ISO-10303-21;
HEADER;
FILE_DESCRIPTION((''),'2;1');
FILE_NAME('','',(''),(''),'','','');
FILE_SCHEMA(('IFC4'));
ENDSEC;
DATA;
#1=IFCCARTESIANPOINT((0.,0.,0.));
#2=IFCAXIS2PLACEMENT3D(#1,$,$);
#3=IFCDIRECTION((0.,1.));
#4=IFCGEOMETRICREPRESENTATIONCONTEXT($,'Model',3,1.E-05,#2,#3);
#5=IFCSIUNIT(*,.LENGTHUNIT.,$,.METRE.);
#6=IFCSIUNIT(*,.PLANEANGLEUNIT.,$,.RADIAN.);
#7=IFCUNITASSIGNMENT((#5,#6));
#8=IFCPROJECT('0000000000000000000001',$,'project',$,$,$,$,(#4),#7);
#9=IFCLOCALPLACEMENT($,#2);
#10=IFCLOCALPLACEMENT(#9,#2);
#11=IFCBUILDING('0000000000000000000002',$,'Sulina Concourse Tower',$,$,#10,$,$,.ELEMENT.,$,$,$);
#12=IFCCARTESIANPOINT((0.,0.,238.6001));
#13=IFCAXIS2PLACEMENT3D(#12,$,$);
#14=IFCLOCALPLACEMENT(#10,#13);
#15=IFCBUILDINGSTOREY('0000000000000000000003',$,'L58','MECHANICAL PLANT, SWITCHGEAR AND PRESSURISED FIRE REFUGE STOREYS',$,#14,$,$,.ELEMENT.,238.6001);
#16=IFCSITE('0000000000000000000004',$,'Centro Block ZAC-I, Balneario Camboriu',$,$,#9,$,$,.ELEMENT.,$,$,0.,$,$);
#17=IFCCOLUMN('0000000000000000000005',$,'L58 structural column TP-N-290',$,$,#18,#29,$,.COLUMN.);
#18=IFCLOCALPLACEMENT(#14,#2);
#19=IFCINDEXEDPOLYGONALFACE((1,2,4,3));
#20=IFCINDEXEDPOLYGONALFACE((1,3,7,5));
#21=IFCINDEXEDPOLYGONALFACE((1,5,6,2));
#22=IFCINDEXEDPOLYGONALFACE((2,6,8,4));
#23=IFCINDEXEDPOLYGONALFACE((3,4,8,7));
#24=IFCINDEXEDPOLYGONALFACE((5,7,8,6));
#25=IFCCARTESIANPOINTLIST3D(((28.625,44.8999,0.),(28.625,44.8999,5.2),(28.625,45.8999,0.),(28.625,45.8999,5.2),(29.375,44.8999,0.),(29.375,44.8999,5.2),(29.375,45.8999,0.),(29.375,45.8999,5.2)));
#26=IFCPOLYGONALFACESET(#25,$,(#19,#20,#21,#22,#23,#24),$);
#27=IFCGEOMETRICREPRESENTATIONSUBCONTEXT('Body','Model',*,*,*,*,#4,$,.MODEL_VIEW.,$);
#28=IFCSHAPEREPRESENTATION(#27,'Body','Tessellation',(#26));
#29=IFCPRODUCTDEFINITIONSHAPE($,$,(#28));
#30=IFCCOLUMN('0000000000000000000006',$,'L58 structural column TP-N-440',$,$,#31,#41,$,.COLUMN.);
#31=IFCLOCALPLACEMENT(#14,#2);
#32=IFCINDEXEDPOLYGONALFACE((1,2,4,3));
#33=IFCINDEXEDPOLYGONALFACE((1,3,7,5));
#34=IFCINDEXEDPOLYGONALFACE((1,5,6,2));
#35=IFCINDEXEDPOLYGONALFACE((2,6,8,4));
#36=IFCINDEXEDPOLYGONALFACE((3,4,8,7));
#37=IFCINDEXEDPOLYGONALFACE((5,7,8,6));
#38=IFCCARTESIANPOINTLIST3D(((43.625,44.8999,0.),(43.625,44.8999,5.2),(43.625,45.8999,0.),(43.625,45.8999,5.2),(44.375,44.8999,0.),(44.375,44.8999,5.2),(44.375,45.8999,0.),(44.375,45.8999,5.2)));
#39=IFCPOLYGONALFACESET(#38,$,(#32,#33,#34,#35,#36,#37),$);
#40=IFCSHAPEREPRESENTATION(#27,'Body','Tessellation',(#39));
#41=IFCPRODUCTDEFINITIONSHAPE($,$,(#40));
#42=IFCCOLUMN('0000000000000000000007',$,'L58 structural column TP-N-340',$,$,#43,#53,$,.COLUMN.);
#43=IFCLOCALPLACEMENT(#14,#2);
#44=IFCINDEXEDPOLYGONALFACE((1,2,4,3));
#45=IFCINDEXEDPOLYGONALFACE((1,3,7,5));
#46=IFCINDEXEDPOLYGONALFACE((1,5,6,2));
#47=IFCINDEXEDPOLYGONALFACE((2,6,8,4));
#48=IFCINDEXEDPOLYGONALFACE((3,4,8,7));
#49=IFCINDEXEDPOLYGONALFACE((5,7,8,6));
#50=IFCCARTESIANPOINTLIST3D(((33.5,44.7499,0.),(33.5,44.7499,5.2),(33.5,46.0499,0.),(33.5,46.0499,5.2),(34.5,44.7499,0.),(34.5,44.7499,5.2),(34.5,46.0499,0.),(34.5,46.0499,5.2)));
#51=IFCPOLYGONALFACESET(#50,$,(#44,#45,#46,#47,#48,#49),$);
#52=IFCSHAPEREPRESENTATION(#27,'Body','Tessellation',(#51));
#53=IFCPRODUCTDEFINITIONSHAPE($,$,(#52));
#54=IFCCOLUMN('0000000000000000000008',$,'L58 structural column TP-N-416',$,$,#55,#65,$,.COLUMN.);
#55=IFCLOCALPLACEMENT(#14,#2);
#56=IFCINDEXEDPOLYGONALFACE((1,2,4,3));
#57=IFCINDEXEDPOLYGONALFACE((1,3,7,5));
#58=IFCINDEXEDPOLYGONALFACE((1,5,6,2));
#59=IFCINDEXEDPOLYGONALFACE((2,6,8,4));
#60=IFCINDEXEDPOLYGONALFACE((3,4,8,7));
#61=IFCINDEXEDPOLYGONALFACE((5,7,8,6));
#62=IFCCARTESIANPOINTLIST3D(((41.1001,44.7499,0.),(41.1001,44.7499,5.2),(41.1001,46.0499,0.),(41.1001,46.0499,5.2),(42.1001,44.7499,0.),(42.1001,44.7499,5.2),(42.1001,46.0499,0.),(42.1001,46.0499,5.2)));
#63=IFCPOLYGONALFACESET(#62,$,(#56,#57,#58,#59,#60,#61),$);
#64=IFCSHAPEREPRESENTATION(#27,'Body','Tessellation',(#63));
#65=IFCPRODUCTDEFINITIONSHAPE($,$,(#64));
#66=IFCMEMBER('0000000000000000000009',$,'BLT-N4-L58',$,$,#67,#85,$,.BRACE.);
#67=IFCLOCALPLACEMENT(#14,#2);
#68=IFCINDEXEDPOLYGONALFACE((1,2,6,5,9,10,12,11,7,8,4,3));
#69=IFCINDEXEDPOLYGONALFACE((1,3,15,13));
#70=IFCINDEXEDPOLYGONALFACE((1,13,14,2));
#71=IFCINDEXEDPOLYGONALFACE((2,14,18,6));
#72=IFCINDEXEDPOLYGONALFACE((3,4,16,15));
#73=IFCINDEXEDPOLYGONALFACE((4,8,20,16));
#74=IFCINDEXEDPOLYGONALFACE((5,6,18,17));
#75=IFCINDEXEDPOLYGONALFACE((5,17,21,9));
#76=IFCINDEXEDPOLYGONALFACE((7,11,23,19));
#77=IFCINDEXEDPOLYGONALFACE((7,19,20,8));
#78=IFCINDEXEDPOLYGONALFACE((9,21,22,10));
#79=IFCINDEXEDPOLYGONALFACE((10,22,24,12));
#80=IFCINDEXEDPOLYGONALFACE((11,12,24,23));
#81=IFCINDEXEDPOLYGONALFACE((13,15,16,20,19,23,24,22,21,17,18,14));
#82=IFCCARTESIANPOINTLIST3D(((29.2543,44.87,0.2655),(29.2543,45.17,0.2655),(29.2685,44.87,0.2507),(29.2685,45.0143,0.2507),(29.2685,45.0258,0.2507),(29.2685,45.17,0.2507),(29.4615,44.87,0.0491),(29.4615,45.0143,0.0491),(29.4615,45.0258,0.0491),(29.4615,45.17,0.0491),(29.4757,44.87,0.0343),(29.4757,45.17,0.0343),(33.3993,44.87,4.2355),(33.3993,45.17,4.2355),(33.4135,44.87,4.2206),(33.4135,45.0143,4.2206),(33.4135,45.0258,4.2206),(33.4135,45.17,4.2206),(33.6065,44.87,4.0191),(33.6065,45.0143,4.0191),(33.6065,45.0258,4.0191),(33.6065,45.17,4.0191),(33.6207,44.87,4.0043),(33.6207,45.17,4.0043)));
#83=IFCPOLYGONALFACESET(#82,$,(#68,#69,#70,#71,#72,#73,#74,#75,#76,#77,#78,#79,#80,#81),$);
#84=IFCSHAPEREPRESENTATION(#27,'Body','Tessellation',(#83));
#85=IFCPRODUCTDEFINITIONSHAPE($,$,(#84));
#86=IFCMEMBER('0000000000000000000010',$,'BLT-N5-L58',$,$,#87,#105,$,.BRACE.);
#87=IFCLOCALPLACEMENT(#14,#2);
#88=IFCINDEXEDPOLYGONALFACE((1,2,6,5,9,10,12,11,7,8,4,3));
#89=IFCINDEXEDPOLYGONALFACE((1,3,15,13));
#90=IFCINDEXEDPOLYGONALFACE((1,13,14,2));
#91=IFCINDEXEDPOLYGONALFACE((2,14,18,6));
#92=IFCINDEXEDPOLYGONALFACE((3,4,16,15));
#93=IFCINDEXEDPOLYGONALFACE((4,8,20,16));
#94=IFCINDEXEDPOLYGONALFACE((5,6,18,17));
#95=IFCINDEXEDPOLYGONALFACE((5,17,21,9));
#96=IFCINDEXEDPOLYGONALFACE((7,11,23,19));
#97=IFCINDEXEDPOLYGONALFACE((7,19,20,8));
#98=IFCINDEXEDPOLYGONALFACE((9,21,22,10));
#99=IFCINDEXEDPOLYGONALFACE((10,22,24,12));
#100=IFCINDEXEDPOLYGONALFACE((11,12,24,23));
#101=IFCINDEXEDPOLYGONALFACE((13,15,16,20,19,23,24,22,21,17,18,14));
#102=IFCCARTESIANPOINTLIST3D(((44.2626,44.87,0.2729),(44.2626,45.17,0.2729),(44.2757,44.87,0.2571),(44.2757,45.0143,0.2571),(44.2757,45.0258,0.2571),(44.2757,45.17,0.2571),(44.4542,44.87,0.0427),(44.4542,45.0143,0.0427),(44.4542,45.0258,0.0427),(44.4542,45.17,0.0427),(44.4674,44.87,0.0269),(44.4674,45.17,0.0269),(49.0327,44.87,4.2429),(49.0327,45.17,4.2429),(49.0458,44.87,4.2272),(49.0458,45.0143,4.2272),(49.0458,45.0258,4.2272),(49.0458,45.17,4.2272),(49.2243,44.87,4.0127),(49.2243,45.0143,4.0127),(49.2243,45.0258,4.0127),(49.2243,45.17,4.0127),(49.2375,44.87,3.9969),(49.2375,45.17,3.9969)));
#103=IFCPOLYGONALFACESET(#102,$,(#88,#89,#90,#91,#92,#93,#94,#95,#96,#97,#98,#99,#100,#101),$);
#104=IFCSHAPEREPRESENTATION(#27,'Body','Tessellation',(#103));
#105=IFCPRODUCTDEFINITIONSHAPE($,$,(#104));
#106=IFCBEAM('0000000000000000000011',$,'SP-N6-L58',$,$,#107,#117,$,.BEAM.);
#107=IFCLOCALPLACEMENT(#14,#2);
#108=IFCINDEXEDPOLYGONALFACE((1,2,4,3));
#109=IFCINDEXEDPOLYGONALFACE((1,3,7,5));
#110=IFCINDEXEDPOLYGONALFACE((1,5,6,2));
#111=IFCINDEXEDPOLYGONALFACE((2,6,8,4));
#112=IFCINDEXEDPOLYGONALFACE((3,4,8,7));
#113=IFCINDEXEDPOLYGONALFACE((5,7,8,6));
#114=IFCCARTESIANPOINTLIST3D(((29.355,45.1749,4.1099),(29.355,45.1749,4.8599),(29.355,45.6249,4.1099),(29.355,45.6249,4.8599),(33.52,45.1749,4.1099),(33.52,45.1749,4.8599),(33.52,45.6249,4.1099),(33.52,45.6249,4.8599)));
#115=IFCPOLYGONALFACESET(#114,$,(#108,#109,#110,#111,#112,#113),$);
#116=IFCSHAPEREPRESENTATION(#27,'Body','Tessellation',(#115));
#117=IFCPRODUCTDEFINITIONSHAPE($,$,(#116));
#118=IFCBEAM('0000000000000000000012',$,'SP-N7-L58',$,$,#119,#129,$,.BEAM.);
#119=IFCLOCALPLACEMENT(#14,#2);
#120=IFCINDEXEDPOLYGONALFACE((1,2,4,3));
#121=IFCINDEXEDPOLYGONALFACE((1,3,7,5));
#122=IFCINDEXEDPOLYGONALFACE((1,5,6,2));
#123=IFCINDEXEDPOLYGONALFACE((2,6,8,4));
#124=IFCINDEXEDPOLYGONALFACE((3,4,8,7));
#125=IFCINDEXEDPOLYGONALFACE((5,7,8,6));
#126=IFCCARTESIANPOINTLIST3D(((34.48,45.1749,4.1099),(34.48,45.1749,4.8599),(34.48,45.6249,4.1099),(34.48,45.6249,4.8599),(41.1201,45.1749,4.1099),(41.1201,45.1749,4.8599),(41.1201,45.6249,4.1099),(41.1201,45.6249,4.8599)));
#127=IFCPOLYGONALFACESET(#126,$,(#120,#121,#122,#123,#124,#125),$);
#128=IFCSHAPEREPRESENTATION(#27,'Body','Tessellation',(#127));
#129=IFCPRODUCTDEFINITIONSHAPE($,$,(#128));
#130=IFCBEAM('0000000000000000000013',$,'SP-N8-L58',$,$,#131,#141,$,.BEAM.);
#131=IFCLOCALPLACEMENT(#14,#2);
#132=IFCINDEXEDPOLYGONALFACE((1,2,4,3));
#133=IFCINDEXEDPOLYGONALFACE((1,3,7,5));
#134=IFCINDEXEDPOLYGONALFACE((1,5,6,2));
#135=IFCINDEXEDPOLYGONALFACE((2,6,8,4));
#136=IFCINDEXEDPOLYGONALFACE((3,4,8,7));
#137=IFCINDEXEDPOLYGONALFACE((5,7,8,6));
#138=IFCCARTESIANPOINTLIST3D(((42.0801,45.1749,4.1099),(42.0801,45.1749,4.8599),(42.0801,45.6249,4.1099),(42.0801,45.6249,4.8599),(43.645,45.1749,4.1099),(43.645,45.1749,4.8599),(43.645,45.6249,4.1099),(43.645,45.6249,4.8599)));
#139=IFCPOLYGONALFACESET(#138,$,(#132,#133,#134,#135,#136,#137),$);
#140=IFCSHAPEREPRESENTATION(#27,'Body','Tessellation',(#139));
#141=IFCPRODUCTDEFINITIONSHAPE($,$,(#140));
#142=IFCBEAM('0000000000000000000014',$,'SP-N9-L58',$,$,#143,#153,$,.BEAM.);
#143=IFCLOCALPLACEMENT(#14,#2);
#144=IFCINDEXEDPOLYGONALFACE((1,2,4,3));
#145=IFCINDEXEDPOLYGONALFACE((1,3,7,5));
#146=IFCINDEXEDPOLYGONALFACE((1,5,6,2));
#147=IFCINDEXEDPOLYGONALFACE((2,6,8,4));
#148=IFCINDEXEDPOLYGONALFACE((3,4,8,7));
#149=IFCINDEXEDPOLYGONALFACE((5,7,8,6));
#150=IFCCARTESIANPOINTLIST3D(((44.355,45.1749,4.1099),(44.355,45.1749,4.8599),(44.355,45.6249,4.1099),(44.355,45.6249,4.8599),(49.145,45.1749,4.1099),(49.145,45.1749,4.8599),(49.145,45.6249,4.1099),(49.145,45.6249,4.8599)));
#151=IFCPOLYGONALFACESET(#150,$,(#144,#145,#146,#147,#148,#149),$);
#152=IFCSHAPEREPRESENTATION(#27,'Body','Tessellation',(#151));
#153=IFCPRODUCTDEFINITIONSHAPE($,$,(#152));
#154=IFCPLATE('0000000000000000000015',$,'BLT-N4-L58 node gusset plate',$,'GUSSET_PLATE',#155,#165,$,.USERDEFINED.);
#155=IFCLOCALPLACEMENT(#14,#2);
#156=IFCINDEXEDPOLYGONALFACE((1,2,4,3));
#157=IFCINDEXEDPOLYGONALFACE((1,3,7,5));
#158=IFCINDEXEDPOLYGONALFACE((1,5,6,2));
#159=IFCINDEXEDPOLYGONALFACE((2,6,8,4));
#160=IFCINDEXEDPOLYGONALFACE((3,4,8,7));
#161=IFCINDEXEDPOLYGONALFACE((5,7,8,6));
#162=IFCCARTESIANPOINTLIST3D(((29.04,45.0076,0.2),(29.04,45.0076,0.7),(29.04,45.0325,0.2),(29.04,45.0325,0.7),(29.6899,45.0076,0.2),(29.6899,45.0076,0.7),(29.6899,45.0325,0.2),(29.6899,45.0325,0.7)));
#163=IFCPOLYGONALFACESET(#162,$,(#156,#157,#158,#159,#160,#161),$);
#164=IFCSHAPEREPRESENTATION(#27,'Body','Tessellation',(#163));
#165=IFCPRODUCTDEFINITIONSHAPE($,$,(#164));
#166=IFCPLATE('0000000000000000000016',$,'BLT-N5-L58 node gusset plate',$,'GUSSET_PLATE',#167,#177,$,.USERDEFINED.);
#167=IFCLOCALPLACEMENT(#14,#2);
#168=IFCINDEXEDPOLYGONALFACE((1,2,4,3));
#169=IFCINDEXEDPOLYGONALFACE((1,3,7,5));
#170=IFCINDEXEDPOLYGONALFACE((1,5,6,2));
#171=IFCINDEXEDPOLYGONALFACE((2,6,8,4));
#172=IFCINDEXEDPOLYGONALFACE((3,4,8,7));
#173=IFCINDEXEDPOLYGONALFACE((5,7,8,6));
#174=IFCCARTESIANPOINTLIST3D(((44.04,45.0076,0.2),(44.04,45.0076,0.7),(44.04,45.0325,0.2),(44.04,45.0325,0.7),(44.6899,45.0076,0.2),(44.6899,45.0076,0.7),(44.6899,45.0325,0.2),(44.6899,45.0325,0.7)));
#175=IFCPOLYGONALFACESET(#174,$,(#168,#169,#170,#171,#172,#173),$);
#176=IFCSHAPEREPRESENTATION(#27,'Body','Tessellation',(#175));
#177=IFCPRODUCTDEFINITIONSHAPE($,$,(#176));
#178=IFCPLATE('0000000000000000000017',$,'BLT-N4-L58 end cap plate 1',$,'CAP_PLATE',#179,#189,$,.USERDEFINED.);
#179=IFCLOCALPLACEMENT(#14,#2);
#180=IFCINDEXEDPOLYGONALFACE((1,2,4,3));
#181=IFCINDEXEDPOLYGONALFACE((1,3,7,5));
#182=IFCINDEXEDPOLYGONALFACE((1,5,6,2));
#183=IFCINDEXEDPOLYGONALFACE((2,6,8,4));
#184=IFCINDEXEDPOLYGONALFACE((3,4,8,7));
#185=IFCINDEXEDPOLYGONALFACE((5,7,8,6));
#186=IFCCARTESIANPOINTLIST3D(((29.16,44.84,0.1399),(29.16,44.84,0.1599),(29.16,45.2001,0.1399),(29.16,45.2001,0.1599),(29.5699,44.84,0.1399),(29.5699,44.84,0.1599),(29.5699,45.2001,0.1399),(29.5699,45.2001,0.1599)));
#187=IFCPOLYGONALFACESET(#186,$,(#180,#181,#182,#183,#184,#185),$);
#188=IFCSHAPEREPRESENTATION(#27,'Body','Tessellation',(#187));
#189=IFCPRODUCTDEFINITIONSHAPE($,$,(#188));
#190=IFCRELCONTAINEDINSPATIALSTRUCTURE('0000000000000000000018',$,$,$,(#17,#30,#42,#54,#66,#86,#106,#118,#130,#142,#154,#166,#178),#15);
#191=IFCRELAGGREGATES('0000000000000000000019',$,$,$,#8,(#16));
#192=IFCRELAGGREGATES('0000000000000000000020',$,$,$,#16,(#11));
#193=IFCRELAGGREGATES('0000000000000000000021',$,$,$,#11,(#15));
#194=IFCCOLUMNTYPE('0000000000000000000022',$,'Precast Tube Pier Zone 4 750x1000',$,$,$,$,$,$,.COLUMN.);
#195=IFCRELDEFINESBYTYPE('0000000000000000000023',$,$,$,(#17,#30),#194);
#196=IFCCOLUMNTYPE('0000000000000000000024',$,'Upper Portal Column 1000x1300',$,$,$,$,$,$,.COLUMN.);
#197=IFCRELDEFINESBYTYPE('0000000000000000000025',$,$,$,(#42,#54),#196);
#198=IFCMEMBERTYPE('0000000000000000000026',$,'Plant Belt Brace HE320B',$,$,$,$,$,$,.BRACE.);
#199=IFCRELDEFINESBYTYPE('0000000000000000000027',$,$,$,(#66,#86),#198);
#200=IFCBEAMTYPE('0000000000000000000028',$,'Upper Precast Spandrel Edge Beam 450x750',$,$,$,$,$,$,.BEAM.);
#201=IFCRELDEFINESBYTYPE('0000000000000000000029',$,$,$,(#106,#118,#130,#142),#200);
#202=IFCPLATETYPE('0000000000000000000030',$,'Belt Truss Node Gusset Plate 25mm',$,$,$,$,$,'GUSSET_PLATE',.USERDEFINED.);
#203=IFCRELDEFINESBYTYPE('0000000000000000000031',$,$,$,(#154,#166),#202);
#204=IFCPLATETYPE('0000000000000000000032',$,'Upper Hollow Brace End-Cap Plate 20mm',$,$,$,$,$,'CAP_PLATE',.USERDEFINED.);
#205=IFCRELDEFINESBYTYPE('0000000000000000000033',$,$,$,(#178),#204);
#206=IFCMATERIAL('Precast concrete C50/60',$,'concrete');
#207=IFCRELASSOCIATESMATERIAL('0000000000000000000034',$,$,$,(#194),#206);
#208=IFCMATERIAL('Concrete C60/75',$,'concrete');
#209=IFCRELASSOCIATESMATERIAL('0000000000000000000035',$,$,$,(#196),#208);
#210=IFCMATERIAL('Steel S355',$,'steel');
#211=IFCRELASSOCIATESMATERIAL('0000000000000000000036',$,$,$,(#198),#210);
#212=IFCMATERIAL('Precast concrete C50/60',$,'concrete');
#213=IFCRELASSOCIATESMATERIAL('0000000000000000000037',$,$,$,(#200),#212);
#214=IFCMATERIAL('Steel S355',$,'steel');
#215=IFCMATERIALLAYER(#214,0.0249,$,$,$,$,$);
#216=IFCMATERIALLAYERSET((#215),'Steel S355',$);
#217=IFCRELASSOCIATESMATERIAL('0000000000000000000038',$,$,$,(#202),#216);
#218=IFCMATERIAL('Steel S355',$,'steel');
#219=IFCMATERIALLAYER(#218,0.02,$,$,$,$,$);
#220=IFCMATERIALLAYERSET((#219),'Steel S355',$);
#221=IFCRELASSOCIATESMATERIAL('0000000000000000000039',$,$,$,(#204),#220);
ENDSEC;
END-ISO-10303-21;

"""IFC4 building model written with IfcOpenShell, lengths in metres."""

from ifc_helpers import new_model, si_unit, direction, frame, origin, origin_2d, place, context, subcontext, project, spatial, rectangle, i_section, extrude, material, layer, layer_set, material_profile, profile_set, type_object, element, save


model = new_model("IFC4")

# Units and contexts
model_context = context("Model", 3, precision=1e-05, world=origin(), true_north=direction((0.0, 1.0)))
body_context = subcontext(model_context, "Body", "Model", "MODEL_VIEW")
ifc_project = project(units=[si_unit("LENGTHUNIT", "METRE"), si_unit("PLANEANGLEUNIT", "RADIAN")], contexts=[model_context])

# Site, building, storey
site_placement = place(None, origin())
site = spatial("IfcSite", under=ifc_project, at=site_placement, Name="Centro Block ZAC-I, Balneario Camboriu", CompositionType="ELEMENT", RefElevation=0.0)
building_placement = place(site_placement, origin())
building = spatial("IfcBuilding", under=site, at=building_placement, Name="Sulina Concourse Tower", CompositionType="ELEMENT")
storey_placement = place(building_placement, frame((0.0, 0.0, 238.6001)))
storey = spatial("IfcBuildingStorey", under=building, at=storey_placement, Name="L58", Description="MECHANICAL PLANT, SWITCHGEAR AND PRESSURISED FIRE REFUGE STOREYS", CompositionType="ELEMENT", Elevation=238.6001)

# Columns
ifc_material_1 = material(Name="Precast concrete C50/60", Category="concrete")
ifc_material_profile_1 = material_profile(ifc_material_1, rectangle(XDim=0.75, YDim=1.0, at=origin_2d()), Name="PC 750x1000")
ifc_profile_set_1 = profile_set([ifc_material_profile_1], Name="Precast concrete C50/60")
column_type_1 = type_object("IfcColumnType", Name="Precast Tube Pier Zone 4 750x1000", PredefinedType="COLUMN", material=ifc_profile_set_1)
for number, where, z_axis, x_axis, name in (
    (1, (29.0, 45.3999, 0.0), (0.0, 0.0, 1.0), (1.0, 0.0, 0.0), "L58 structural column TP-N-290"),
    (2, (44.0, 45.3999, 0.0), (0.0, 0.0, 1.0), (1.0, 0.0, 0.0), "L58 structural column TP-N-440"),
):
    element("IfcColumn", number, at=place(storey_placement, frame(where, z_axis=z_axis, x_axis=x_axis)), inside=storey, type_object=column_type_1, Name=name, PredefinedType="COLUMN", context=body_context, shape_type="SweptSolid", body=[
        extrude(rectangle(XDim=0.75, YDim=1.0, at=origin_2d()), origin(), (0.0, 0.0, 1.0), 5.2),
    ])
ifc_material_2 = material(Name="Concrete C60/75", Category="concrete")
ifc_material_profile_2 = material_profile(ifc_material_2, rectangle(XDim=1.0, YDim=1.3, at=origin_2d()), Name="RC 1000x1300")
ifc_profile_set_2 = profile_set([ifc_material_profile_2], Name="Concrete C60/75")
column_type_2 = type_object("IfcColumnType", Name="Upper Portal Column 1000x1300", PredefinedType="COLUMN", material=ifc_profile_set_2)
for number, where, z_axis, x_axis, name in (
    (3, (34.0, 45.3999, 0.0), (0.0, 0.0, 1.0), (1.0, 0.0, 0.0), "L58 structural column TP-N-340"),
    (4, (41.6001, 45.3999, 0.0), (0.0, 0.0, 1.0), (1.0, 0.0, 0.0), "L58 structural column TP-N-416"),
):
    element("IfcColumn", number, at=place(storey_placement, frame(where, z_axis=z_axis, x_axis=x_axis)), inside=storey, type_object=column_type_2, Name=name, PredefinedType="COLUMN", context=body_context, shape_type="SweptSolid", body=[
        extrude(rectangle(XDim=1.0, YDim=1.3, at=origin_2d()), origin(), (0.0, 0.0, 1.0), 5.2),
    ])

# Members
ifc_material_3 = material(Name="Steel S355", Category="steel")
ifc_material_profile_3 = material_profile(ifc_material_3, i_section(OverallWidth=0.3, OverallDepth=0.3201, WebThickness=0.0115, FlangeThickness=0.0205, at=origin_2d()), Name="HE 320 B")
ifc_profile_set_3 = profile_set([ifc_material_profile_3], Name="Steel S355")
member_type = type_object("IfcMemberType", Name="Plant Belt Brace HE320B", PredefinedType="BRACE", material=ifc_profile_set_3)
member_1_placement = place(storey_placement, frame((29.365, 45.02, 0.1499), z_axis=(0.722192, 0.0, 0.691693), x_axis=(0.0, 1.0, 0.0)))
element("IfcMember", 5, at=member_1_placement, inside=storey, type_object=member_type, Name="BLT-N4-L58", PredefinedType="BRACE", context=body_context, shape_type="SweptSolid", body=[
    extrude(i_section(OverallWidth=0.3, OverallDepth=0.3201, WebThickness=0.0115, FlangeThickness=0.0205, at=origin_2d()), origin(), (0.0, 0.0, 1.0), 5.7395),
])
member_2_placement = place(storey_placement, frame((44.365, 45.02, 0.1499), z_axis=(0.768621, 0.0, 0.639704), x_axis=(0.0, 1.0, 0.0)))
element("IfcMember", 6, at=member_2_placement, inside=storey, type_object=member_type, Name="BLT-N5-L58", PredefinedType="BRACE", context=body_context, shape_type="SweptSolid", body=[
    extrude(i_section(OverallWidth=0.3, OverallDepth=0.3201, WebThickness=0.0115, FlangeThickness=0.0205, at=origin_2d()), origin(), (0.0, 0.0, 1.0), 6.2061),
])

# Beams
ifc_material_4 = material(Name="Precast concrete C50/60", Category="concrete")
ifc_material_profile_4 = material_profile(ifc_material_4, rectangle(XDim=0.45, YDim=0.75, at=origin_2d()), Name="RC 450x750")
ifc_profile_set_4 = profile_set([ifc_material_profile_4], Name="Precast concrete C50/60")
beam_type = type_object("IfcBeamType", Name="Upper Precast Spandrel Edge Beam 450x750", PredefinedType="BEAM", material=ifc_profile_set_4)
beam_1_placement = place(storey_placement, frame((29.355, 45.3999, 4.4849), z_axis=(1.0, 0.0, 0.0), x_axis=(0.0, 1.0, 0.0)))
element("IfcBeam", 7, at=beam_1_placement, inside=storey, type_object=beam_type, Name="SP-N6-L58", PredefinedType="BEAM", context=body_context, shape_type="SweptSolid", body=[
    extrude(rectangle(XDim=0.45, YDim=0.75, at=origin_2d()), origin(), (0.0, 0.0, 1.0), 4.165),
])
beam_2_placement = place(storey_placement, frame((34.48, 45.3999, 4.4849), z_axis=(1.0, 0.0, 0.0), x_axis=(0.0, 1.0, 0.0)))
element("IfcBeam", 8, at=beam_2_placement, inside=storey, type_object=beam_type, Name="SP-N7-L58", PredefinedType="BEAM", context=body_context, shape_type="SweptSolid", body=[
    extrude(rectangle(XDim=0.45, YDim=0.75, at=origin_2d()), origin(), (0.0, 0.0, 1.0), 6.6401),
])
beam_3_placement = place(storey_placement, frame((42.0801, 45.3999, 4.4849), z_axis=(1.0, 0.0, 0.0), x_axis=(0.0, 1.0, 0.0)))
element("IfcBeam", 9, at=beam_3_placement, inside=storey, type_object=beam_type, Name="SP-N8-L58", PredefinedType="BEAM", context=body_context, shape_type="SweptSolid", body=[
    extrude(rectangle(XDim=0.45, YDim=0.75, at=origin_2d()), origin(), (0.0, 0.0, 1.0), 1.5649),
])
beam_4_placement = place(storey_placement, frame((44.355, 45.3999, 4.4849), z_axis=(1.0, 0.0, 0.0), x_axis=(0.0, 1.0, 0.0)))
element("IfcBeam", 10, at=beam_4_placement, inside=storey, type_object=beam_type, Name="SP-N9-L58", PredefinedType="BEAM", context=body_context, shape_type="SweptSolid", body=[
    extrude(rectangle(XDim=0.45, YDim=0.75, at=origin_2d()), origin(), (0.0, 0.0, 1.0), 4.79),
])

# Plates
ifc_material_5 = material(Name="Steel S355", Category="steel")
ifc_layer_1 = layer(ifc_material_5, 0.0249)
ifc_layer_set_1 = layer_set([ifc_layer_1], Name="Steel S355")
plate_type_1 = type_object("IfcPlateType", Name="Belt Truss Node Gusset Plate 25mm", ElementType="GUSSET_PLATE", PredefinedType="USERDEFINED", material=ifc_layer_set_1)
for number, where, z_axis, x_axis, name in (
    (11, (29.365, 45.02, 0.2), (0.0, 0.0, 1.0), (1.0, 0.0, 0.0), "BLT-N4-L58 node gusset plate"),
    (12, (44.365, 45.02, 0.2), (0.0, 0.0, 1.0), (1.0, 0.0, 0.0), "BLT-N5-L58 node gusset plate"),
):
    element("IfcPlate", number, at=place(storey_placement, frame(where, z_axis=z_axis, x_axis=x_axis)), inside=storey, type_object=plate_type_1, Name=name, ObjectType="GUSSET_PLATE", PredefinedType="USERDEFINED", context=body_context, shape_type="SweptSolid", body=[
        extrude(rectangle(XDim=0.6499, YDim=0.0249, at=origin_2d()), origin(), (0.0, 0.0, 1.0), 0.5),
    ])
ifc_material_6 = material(Name="Steel S355", Category="steel")
ifc_layer_2 = layer(ifc_material_6, 0.02)
ifc_layer_set_2 = layer_set([ifc_layer_2], Name="Steel S355")
plate_type_2 = type_object("IfcPlateType", Name="Upper Hollow Brace End-Cap Plate 20mm", ElementType="CAP_PLATE", PredefinedType="USERDEFINED", material=ifc_layer_set_2)
for number, where, z_axis, x_axis, name in (
    (13, (29.365, 45.02, 0.1399), (0.0, 0.0, 1.0), (1.0, 0.0, 0.0), "BLT-N4-L58 end cap plate 1"),
):
    element("IfcPlate", number, at=place(storey_placement, frame(where, z_axis=z_axis, x_axis=x_axis)), inside=storey, type_object=plate_type_2, Name=name, ObjectType="CAP_PLATE", PredefinedType="USERDEFINED", context=body_context, shape_type="SweptSolid", body=[
        extrude(rectangle(XDim=0.4099, YDim=0.3601, at=origin_2d()), origin(), (0.0, 0.0, 1.0), 0.02),
    ])

save(model, "model.ifc")
